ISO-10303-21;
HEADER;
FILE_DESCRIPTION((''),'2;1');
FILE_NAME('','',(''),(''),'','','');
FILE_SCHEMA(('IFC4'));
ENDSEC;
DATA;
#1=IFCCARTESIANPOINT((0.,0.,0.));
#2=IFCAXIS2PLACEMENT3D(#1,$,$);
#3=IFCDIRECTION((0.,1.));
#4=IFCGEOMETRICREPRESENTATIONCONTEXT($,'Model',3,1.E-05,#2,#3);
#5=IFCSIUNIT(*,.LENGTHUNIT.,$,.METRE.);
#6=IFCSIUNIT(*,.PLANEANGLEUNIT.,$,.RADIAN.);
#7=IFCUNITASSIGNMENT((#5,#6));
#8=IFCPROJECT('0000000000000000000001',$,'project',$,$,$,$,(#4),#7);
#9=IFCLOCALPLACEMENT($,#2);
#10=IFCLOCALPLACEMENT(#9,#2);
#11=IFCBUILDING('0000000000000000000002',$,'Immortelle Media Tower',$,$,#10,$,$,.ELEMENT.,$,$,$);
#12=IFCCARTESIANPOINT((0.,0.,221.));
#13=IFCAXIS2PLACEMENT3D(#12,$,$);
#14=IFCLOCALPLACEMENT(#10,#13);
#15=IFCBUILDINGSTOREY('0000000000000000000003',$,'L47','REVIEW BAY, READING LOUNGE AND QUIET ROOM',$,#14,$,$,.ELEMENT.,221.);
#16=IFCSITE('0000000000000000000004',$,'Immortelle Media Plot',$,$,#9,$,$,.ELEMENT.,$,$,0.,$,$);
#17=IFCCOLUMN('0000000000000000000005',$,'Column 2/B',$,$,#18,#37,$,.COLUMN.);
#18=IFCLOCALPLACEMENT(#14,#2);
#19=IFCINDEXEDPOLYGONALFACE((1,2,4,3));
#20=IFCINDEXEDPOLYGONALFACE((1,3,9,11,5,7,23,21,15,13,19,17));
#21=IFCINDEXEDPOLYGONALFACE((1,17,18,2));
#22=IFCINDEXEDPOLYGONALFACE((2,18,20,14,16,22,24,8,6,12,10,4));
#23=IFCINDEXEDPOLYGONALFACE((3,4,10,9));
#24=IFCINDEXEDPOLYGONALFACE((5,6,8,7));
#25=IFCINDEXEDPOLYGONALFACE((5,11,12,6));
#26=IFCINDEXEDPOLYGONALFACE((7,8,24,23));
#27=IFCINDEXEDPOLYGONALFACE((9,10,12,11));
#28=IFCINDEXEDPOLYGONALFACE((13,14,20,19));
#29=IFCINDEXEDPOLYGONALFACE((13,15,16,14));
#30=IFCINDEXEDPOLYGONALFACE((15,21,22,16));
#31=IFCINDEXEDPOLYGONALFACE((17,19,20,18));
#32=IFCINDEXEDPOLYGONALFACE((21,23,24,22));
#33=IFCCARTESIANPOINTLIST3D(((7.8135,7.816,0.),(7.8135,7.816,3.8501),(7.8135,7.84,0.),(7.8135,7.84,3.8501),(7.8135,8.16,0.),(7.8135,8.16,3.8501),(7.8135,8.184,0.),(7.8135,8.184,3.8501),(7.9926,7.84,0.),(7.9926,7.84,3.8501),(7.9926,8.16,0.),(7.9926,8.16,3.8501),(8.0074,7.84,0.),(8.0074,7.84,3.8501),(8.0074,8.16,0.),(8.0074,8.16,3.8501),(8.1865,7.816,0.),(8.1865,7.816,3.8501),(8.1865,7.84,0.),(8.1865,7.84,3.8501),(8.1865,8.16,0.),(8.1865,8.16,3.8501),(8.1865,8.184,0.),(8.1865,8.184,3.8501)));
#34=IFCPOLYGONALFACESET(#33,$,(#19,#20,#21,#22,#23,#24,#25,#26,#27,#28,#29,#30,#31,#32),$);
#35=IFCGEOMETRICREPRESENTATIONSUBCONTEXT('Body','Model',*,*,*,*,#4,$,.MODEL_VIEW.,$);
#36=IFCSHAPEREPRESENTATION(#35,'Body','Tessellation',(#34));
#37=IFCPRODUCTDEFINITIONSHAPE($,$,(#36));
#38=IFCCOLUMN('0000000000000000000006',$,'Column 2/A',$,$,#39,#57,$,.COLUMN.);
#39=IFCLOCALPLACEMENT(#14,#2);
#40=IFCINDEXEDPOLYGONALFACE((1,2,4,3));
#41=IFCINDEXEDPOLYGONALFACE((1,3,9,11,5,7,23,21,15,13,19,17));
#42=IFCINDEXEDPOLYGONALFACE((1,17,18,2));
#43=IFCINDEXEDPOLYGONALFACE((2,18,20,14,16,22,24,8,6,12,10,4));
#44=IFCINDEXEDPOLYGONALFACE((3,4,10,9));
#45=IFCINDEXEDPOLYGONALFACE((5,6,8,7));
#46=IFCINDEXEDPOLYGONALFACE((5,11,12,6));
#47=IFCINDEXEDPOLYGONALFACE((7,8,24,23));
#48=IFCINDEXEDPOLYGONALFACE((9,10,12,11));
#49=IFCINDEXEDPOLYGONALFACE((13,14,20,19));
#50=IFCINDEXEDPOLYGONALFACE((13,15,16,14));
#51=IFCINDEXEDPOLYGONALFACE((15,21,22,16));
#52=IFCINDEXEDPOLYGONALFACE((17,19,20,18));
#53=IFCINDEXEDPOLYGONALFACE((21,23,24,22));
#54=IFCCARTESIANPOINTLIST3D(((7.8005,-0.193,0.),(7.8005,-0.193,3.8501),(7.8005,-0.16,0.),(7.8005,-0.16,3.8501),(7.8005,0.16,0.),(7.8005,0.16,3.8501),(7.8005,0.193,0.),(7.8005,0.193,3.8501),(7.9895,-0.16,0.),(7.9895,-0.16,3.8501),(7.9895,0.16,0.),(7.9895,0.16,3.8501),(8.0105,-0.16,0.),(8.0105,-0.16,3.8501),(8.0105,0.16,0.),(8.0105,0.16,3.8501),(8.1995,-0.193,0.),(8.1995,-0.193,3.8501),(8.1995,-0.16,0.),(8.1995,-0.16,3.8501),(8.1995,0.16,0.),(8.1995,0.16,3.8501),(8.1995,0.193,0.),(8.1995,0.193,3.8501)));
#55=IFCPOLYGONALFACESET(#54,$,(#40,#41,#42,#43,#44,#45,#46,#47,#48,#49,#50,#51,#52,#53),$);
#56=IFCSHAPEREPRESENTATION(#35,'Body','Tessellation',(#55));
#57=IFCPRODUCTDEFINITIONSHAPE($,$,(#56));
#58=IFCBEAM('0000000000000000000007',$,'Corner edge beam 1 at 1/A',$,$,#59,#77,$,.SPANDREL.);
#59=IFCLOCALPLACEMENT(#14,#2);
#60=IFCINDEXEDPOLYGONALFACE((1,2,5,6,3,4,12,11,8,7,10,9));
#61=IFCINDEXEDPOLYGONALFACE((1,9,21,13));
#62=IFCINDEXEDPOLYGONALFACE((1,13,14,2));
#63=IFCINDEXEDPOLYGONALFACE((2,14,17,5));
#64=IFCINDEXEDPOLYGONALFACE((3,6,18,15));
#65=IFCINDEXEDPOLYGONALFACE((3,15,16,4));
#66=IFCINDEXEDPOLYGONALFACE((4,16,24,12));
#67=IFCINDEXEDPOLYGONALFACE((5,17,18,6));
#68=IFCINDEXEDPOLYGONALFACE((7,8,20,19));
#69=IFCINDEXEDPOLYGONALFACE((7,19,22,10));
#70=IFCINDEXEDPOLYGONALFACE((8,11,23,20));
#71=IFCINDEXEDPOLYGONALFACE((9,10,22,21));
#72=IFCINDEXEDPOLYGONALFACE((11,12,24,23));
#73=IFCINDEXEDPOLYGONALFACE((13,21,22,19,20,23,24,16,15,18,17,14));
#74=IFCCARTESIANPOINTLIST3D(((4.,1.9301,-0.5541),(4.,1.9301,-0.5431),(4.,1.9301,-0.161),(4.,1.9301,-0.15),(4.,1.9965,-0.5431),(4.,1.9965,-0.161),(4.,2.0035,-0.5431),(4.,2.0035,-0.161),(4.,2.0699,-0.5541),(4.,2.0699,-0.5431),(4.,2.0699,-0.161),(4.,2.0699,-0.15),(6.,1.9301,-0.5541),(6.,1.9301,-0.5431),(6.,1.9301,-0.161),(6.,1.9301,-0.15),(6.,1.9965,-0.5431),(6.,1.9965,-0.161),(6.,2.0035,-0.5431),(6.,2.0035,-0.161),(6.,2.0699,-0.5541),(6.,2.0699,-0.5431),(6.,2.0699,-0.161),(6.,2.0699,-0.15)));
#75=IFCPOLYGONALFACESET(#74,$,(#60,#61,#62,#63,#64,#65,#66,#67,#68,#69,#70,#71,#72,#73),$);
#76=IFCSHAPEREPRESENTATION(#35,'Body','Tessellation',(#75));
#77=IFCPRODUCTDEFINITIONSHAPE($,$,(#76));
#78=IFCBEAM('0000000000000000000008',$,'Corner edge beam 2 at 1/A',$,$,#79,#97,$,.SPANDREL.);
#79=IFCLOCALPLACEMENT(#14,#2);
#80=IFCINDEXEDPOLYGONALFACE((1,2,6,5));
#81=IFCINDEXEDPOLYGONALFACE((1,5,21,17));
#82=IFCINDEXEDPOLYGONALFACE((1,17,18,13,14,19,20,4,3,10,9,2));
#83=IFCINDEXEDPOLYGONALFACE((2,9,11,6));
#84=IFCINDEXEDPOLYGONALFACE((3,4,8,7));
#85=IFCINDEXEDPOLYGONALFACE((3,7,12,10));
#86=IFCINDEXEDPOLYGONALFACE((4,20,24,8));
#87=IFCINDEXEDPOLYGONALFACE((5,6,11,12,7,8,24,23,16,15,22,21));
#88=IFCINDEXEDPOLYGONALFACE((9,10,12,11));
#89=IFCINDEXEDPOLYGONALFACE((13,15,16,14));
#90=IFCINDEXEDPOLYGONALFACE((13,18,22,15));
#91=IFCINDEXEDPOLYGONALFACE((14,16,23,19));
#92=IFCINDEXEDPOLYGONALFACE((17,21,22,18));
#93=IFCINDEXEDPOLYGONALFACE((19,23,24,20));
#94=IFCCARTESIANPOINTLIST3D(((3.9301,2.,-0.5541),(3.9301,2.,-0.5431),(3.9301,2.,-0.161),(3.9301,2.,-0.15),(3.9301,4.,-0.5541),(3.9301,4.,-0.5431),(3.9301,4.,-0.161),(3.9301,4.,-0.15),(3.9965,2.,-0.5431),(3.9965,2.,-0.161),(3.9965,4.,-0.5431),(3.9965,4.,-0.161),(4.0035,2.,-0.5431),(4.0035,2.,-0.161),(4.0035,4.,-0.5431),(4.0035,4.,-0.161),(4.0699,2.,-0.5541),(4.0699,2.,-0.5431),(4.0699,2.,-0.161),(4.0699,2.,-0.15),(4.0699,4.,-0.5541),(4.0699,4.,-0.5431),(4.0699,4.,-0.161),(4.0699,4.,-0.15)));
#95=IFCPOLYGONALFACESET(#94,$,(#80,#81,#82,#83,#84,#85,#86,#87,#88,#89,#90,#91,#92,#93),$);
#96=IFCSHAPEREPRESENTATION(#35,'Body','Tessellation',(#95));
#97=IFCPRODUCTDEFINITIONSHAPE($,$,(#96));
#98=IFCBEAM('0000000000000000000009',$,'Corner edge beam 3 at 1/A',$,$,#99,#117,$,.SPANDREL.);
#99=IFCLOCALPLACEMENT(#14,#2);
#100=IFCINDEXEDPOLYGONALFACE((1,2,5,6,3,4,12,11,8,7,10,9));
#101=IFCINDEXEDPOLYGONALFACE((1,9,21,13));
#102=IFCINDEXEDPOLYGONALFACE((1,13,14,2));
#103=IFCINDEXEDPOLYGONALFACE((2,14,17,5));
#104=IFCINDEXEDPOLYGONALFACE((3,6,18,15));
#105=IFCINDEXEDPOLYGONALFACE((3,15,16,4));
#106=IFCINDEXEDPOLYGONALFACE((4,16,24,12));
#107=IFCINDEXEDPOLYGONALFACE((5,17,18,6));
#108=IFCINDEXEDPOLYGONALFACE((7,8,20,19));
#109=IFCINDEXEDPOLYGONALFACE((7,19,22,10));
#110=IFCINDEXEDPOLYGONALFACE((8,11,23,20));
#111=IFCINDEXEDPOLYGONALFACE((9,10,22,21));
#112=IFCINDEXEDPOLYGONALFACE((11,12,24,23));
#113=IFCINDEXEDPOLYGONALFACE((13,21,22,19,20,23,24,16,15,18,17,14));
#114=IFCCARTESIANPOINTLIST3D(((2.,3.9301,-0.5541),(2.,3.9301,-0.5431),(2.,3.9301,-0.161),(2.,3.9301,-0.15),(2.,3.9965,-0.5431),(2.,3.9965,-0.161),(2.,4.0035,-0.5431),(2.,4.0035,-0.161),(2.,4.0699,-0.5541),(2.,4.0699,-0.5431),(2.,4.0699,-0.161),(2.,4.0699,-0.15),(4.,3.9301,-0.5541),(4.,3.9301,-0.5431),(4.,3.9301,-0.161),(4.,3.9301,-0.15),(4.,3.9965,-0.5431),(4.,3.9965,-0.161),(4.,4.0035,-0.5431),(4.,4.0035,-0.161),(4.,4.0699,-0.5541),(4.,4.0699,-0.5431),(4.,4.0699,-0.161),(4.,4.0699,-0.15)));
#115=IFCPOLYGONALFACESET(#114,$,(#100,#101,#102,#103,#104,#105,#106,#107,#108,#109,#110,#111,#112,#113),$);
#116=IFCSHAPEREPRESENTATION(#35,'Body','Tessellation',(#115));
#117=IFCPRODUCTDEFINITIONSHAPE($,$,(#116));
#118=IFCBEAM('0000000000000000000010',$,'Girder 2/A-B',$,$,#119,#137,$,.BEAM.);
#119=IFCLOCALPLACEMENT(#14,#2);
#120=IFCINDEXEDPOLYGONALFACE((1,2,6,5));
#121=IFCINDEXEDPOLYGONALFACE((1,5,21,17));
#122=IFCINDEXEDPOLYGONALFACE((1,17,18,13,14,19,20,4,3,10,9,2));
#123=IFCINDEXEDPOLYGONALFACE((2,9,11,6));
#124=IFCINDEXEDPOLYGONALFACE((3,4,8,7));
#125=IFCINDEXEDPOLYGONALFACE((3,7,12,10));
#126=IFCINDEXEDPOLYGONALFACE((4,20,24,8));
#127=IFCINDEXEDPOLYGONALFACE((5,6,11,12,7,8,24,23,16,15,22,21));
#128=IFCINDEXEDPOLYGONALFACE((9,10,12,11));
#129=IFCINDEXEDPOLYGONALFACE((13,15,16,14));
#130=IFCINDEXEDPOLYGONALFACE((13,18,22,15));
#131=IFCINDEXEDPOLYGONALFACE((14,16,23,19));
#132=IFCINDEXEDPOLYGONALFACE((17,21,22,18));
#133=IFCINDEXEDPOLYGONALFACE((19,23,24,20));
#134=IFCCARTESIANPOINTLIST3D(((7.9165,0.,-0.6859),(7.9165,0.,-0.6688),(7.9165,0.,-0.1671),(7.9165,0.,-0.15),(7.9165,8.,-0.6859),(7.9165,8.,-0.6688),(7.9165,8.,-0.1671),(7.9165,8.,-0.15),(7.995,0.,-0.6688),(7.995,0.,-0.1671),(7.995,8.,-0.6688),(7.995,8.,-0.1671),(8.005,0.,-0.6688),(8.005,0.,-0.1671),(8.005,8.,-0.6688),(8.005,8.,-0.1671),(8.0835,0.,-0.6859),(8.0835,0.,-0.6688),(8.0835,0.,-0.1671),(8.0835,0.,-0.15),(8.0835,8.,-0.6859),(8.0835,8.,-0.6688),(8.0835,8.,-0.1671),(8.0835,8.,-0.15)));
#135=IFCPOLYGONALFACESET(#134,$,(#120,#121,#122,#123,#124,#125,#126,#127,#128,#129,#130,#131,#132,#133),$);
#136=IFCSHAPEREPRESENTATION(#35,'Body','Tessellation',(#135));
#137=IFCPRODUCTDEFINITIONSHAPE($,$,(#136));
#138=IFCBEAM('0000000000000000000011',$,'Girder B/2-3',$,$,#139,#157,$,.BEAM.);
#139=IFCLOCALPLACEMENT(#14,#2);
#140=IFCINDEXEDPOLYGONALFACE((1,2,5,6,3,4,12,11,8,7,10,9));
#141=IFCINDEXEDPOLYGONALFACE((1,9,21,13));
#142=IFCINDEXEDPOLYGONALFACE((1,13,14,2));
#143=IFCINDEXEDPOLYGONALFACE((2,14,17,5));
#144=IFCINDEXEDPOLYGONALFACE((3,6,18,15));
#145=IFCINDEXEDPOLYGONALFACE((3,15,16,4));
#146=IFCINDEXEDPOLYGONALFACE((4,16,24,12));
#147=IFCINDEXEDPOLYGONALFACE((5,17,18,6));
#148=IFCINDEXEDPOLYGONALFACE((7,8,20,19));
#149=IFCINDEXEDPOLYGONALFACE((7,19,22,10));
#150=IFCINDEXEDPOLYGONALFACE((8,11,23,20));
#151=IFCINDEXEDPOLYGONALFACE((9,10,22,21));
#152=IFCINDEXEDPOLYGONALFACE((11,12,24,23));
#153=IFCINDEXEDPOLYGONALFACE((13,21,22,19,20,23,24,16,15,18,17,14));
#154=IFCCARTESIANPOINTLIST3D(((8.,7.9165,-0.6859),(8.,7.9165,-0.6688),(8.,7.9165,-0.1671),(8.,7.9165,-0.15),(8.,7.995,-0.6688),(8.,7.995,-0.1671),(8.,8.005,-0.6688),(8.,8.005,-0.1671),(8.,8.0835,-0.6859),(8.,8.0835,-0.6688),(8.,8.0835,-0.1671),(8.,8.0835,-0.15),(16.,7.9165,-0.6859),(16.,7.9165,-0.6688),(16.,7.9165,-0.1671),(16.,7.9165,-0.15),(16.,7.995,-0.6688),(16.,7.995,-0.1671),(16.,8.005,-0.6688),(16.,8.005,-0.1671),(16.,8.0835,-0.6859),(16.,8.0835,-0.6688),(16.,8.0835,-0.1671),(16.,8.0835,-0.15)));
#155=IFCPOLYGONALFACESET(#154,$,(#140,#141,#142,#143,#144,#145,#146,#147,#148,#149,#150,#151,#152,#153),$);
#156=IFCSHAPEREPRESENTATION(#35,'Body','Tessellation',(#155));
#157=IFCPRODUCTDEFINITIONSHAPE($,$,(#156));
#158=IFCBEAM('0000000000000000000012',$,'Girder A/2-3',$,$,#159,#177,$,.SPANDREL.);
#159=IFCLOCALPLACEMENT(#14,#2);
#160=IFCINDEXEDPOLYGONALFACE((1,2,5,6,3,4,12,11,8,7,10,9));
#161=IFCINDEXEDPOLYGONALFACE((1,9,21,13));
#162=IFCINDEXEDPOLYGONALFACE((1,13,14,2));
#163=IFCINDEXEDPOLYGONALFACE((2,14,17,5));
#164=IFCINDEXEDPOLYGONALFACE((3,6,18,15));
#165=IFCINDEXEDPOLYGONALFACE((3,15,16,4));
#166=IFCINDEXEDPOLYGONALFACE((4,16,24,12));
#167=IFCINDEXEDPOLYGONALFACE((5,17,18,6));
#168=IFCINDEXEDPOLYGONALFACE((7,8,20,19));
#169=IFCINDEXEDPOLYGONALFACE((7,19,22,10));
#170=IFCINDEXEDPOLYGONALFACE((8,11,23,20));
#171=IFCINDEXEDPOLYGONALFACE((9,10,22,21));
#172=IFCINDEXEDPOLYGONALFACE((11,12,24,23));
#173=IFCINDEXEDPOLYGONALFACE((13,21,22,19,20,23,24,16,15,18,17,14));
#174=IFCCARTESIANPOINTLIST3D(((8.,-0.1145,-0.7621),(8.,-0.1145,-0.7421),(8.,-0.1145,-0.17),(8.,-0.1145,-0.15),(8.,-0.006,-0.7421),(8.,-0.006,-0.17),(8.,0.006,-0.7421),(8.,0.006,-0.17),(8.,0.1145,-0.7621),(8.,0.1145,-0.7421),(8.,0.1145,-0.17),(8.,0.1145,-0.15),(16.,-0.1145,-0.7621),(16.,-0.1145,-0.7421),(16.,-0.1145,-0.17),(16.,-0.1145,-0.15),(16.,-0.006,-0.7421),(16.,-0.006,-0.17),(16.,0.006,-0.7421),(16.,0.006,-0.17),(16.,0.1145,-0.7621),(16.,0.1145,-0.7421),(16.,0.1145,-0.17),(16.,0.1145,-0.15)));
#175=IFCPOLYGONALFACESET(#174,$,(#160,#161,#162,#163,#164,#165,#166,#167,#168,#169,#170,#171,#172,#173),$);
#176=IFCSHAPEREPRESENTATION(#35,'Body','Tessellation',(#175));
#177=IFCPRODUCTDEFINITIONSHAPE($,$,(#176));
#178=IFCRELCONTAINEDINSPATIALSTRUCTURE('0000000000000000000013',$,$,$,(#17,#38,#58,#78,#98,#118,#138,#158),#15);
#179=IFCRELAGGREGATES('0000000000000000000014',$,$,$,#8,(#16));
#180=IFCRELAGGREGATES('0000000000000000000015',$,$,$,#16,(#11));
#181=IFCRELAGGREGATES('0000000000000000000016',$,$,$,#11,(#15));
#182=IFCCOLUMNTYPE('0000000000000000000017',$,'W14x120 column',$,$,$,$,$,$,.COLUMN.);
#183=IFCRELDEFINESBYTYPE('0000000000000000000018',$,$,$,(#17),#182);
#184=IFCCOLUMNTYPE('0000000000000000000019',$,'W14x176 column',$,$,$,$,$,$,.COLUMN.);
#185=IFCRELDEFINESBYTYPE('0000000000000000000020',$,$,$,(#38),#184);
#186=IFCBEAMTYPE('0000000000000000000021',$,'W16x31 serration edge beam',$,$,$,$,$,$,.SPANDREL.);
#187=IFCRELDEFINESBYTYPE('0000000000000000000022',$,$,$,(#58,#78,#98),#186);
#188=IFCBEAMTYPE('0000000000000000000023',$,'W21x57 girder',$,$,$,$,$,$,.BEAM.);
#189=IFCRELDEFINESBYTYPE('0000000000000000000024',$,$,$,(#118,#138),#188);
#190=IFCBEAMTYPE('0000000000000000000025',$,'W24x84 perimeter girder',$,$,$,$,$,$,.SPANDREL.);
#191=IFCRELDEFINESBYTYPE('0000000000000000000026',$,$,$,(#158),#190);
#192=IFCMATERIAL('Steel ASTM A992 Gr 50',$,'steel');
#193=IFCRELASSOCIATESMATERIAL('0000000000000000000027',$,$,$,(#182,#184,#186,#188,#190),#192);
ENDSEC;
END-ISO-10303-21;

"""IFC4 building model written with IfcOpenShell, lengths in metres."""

from ifc_helpers import new_model, si_unit, direction, frame, origin, origin_2d, place, context, subcontext, project, spatial, i_section, extrude, material, material_profile, profile_set, type_object, element, save


model = new_model("IFC4")

# Units and contexts
model_context = context("Model", 3, precision=1e-05, world=origin(), true_north=direction((0.0, 1.0)))
body_context = subcontext(model_context, "Body", "Model", "MODEL_VIEW")
ifc_project = project(units=[si_unit("LENGTHUNIT", "METRE"), si_unit("PLANEANGLEUNIT", "RADIAN")], contexts=[model_context])

# Site, building, storey
site_placement = place(None, origin())
site = spatial("IfcSite", under=ifc_project, at=site_placement, Name="Immortelle Media Plot", CompositionType="ELEMENT", RefElevation=0.0)
building_placement = place(site_placement, origin())
building = spatial("IfcBuilding", under=site, at=building_placement, Name="Immortelle Media Tower", CompositionType="ELEMENT")
storey_placement = place(building_placement, frame((0.0, 0.0, 221.0)))
storey = spatial("IfcBuildingStorey", under=building, at=storey_placement, Name="L47", Description="REVIEW BAY, READING LOUNGE AND QUIET ROOM", CompositionType="ELEMENT", Elevation=221.0)

# Columns
ifc_material_1 = material(Name="Steel ASTM A992 Gr 50", Category="steel")
ifc_material_profile_1 = material_profile(ifc_material_1, i_section(OverallWidth=0.373, OverallDepth=0.3679, WebThickness=0.0149, FlangeThickness=0.0239, at=origin_2d()), Name="W14x120")
ifc_profile_set_1 = profile_set([ifc_material_profile_1], Name="Steel ASTM A992 Gr 50")
column_type_1 = type_object("IfcColumnType", Name="W14x120 column", PredefinedType="COLUMN", material=ifc_profile_set_1)
column_1_placement = place(storey_placement, frame((8.0, 8.0, 0.0), z_axis=(0.0, 0.0, 1.0), x_axis=(1.0, 0.0, 0.0)))
element("IfcColumn", 1, at=column_1_placement, inside=storey, type_object=column_type_1, Name="Column 2/B", PredefinedType="COLUMN", context=body_context, shape_type="SweptSolid", body=[
    extrude(i_section(OverallWidth=0.373, OverallDepth=0.3679, WebThickness=0.0149, FlangeThickness=0.0239, at=origin_2d()), origin(), (0.0, 0.0, 1.0), 3.8501),
])
ifc_material_profile_2 = material_profile(ifc_material_1, i_section(OverallWidth=0.3989, OverallDepth=0.386, WebThickness=0.021, FlangeThickness=0.033, at=origin_2d()), Name="W14x176")
ifc_profile_set_2 = profile_set([ifc_material_profile_2], Name="Steel ASTM A992 Gr 50")
column_type_2 = type_object("IfcColumnType", Name="W14x176 column", PredefinedType="COLUMN", material=ifc_profile_set_2)
column_2_placement = place(storey_placement, frame((8.0, 0.0, 0.0), z_axis=(0.0, 0.0, 1.0), x_axis=(1.0, 0.0, 0.0)))
element("IfcColumn", 2, at=column_2_placement, inside=storey, type_object=column_type_2, Name="Column 2/A", PredefinedType="COLUMN", context=body_context, shape_type="SweptSolid", body=[
    extrude(i_section(OverallWidth=0.3989, OverallDepth=0.386, WebThickness=0.021, FlangeThickness=0.033, at=origin_2d()), origin(), (0.0, 0.0, 1.0), 3.8501),
])

# Beams
ifc_material_profile_3 = material_profile(ifc_material_1, i_section(OverallWidth=0.1399, OverallDepth=0.4041, WebThickness=0.0071, FlangeThickness=0.011, at=origin_2d()), Name="W16x31")
ifc_profile_set_3 = profile_set([ifc_material_profile_3], Name="Steel ASTM A992 Gr 50")
beam_type_1 = type_object("IfcBeamType", Name="W16x31 serration edge beam", PredefinedType="SPANDREL", material=ifc_profile_set_3)
for number, where, z_axis, x_axis, name in (
    (3, (6.0, 2.0, -0.3521), (-1.0, 0.0, 0.0), (0.0, -1.0, 0.0), "Corner edge beam 1 at 1/A"),
    (4, (4.0, 2.0, -0.3521), (0.0, 1.0, 0.0), (-1.0, 0.0, 0.0), "Corner edge beam 2 at 1/A"),
    (5, (4.0, 4.0, -0.3521), (-1.0, 0.0, 0.0), (0.0, -1.0, 0.0), "Corner edge beam 3 at 1/A"),
):
    element("IfcBeam", number, at=place(storey_placement, frame(where, z_axis=z_axis, x_axis=x_axis)), inside=storey, type_object=beam_type_1, Name=name, PredefinedType="SPANDREL", context=body_context, shape_type="SweptSolid", body=[
        extrude(i_section(OverallWidth=0.1399, OverallDepth=0.4041, WebThickness=0.0071, FlangeThickness=0.011, at=origin_2d()), origin(), (0.0, 0.0, 1.0), 2.0),
    ])
ifc_material_profile_4 = material_profile(ifc_material_1, i_section(OverallWidth=0.167, OverallDepth=0.5359, WebThickness=0.01, FlangeThickness=0.0171, at=origin_2d()), Name="W21x57")
ifc_profile_set_4 = profile_set([ifc_material_profile_4], Name="Steel ASTM A992 Gr 50")
beam_type_2 = type_object("IfcBeamType", Name="W21x57 girder", PredefinedType="BEAM", material=ifc_profile_set_4)
for number, where, z_axis, x_axis, name in (
    (6, (8.0, 0.0, -0.418), (0.0, 1.0, 0.0), (-1.0, 0.0, 0.0), "Girder 2/A-B"),
    (7, (8.0, 8.0, -0.418), (1.0, 0.0, 0.0), (0.0, 1.0, 0.0), "Girder B/2-3"),
):
    element("IfcBeam", number, at=place(storey_placement, frame(where, z_axis=z_axis, x_axis=x_axis)), inside=storey, type_object=beam_type_2, Name=name, PredefinedType="BEAM", context=body_context, shape_type="SweptSolid", body=[
        extrude(i_section(OverallWidth=0.167, OverallDepth=0.5359, WebThickness=0.01, FlangeThickness=0.0171, at=origin_2d()), origin(), (0.0, 0.0, 1.0), 8.0),
    ])
ifc_material_profile_5 = material_profile(ifc_material_1, i_section(OverallWidth=0.229, OverallDepth=0.6121, WebThickness=0.012, FlangeThickness=0.02, at=origin_2d()), Name="W24x84")
ifc_profile_set_5 = profile_set([ifc_material_profile_5], Name="Steel ASTM A992 Gr 50")
beam_type_3 = type_object("IfcBeamType", Name="W24x84 perimeter girder", PredefinedType="SPANDREL", material=ifc_profile_set_5)
beam_1_placement = place(storey_placement, frame((8.0, 0.0, -0.4561), z_axis=(1.0, 0.0, 0.0), x_axis=(0.0, 1.0, 0.0)))
element("IfcBeam", 8, at=beam_1_placement, inside=storey, type_object=beam_type_3, Name="Girder A/2-3", PredefinedType="SPANDREL", context=body_context, shape_type="SweptSolid", body=[
    extrude(i_section(OverallWidth=0.229, OverallDepth=0.6121, WebThickness=0.012, FlangeThickness=0.02, at=origin_2d()), origin(), (0.0, 0.0, 1.0), 8.0),
])

save(model, "model.ifc")
